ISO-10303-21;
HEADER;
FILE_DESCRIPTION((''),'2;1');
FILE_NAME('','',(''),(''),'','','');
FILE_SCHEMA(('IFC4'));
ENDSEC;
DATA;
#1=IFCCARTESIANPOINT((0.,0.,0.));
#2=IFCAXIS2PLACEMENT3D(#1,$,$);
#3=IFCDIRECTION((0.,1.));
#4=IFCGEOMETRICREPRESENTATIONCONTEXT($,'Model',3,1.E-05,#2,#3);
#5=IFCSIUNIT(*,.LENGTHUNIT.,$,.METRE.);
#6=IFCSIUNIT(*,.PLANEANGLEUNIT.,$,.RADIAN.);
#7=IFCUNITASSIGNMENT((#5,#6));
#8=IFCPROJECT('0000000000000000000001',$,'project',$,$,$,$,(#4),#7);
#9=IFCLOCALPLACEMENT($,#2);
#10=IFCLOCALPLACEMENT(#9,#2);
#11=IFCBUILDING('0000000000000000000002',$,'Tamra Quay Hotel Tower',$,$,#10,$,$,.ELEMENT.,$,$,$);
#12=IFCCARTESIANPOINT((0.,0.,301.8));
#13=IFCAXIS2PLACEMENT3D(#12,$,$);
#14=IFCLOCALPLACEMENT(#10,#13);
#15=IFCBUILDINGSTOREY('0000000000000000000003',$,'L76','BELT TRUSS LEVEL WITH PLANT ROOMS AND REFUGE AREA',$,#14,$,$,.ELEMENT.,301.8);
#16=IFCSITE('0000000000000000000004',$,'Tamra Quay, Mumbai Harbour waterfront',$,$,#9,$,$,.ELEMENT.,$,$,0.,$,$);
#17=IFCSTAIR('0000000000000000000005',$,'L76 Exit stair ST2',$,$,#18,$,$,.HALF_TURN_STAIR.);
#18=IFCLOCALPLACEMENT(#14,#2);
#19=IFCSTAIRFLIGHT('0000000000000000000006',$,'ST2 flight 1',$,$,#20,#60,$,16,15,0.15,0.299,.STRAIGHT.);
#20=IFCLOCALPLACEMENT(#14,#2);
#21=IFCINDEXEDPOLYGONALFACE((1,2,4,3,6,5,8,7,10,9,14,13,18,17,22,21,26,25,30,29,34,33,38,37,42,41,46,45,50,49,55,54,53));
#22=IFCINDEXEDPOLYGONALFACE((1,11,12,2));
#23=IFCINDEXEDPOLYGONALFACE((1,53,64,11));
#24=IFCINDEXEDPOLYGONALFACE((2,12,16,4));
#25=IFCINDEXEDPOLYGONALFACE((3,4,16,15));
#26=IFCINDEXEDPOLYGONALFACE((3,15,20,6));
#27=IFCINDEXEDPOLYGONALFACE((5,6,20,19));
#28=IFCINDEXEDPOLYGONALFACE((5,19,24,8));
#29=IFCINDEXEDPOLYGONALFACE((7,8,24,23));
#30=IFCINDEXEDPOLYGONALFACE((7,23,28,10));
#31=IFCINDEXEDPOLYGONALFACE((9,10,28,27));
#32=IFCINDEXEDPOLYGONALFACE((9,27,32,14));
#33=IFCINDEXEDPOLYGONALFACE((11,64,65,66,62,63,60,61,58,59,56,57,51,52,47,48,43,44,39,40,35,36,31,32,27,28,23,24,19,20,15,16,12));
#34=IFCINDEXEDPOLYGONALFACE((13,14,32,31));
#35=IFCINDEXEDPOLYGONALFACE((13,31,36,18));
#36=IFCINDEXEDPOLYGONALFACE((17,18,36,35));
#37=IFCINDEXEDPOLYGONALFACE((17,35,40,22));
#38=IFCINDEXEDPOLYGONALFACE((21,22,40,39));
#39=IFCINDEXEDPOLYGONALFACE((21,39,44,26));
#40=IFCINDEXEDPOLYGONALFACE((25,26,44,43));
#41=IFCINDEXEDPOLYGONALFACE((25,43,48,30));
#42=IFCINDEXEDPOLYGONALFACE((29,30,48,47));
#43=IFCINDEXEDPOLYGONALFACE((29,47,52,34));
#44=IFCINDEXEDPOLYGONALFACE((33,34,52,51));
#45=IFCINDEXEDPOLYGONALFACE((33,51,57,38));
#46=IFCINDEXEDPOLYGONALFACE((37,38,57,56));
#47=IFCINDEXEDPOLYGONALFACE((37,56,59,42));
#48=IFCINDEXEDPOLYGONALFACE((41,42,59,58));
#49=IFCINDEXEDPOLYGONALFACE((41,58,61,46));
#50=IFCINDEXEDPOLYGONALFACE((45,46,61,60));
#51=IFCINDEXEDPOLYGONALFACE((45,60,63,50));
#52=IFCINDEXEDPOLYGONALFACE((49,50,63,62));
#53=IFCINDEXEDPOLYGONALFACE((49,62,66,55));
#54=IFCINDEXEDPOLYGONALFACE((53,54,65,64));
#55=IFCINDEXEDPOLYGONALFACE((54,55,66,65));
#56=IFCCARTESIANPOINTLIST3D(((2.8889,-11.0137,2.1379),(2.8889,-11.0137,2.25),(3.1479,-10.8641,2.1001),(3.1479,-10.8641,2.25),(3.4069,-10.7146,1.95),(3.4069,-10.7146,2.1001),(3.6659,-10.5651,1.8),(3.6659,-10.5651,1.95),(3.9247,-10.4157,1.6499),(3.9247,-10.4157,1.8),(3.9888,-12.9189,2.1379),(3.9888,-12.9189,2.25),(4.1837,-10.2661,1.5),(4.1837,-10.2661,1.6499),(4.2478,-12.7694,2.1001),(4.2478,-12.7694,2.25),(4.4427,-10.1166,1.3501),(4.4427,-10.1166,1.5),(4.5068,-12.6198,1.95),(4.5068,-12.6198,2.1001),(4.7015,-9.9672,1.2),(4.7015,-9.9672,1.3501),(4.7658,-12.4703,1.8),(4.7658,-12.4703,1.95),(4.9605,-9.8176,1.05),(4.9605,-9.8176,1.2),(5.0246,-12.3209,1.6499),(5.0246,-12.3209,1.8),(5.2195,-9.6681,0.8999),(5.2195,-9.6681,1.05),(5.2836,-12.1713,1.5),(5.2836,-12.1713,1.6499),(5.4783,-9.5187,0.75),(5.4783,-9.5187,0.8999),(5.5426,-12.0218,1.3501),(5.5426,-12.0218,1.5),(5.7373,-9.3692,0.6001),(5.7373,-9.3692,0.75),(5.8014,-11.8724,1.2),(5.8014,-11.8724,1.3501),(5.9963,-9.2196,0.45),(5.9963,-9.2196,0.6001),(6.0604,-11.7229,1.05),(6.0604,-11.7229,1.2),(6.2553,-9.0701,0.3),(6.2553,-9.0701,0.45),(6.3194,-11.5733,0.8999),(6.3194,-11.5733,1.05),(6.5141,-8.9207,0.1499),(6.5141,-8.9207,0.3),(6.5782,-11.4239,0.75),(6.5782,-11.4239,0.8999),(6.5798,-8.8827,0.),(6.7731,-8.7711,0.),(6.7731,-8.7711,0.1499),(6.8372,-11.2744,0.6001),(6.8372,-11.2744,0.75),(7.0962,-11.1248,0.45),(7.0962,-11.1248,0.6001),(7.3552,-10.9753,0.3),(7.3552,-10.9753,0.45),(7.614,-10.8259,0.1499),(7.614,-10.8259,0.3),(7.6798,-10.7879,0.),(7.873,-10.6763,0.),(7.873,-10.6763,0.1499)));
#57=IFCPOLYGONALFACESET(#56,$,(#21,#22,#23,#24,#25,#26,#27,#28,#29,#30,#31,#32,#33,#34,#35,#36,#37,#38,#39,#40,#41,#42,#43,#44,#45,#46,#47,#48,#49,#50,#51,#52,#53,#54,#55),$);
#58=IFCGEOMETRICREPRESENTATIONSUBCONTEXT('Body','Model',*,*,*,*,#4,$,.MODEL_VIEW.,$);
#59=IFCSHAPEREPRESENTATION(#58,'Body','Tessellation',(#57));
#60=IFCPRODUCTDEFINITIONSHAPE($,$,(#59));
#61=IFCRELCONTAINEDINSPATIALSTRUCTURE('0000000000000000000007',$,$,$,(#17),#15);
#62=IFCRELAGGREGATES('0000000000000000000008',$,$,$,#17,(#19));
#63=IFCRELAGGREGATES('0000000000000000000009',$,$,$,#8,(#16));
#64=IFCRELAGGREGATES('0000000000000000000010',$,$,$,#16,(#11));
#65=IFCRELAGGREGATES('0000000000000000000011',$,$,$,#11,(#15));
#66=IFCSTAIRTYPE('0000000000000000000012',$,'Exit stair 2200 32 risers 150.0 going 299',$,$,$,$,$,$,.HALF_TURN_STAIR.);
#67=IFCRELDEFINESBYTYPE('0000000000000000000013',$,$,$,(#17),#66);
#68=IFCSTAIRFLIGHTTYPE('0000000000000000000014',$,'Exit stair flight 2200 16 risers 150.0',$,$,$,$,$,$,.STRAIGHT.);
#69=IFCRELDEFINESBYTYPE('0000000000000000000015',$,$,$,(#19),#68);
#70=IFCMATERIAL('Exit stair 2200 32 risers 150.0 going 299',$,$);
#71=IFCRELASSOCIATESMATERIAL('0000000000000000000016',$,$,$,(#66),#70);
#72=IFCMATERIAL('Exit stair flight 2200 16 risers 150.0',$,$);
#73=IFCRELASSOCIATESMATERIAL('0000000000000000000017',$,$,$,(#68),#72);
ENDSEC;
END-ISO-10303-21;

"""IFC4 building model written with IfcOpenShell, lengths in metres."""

from ifc_helpers import new_model, si_unit, direction, frame, origin, place, context, subcontext, project, spatial, polyline, outline, extrude, material, type_object, element, aggregate, save


model = new_model("IFC4")

# Units and contexts
model_context = context("Model", 3, precision=1e-05, world=origin(), true_north=direction((0.0, 1.0)))
body_context = subcontext(model_context, "Body", "Model", "MODEL_VIEW")
ifc_project = project(units=[si_unit("LENGTHUNIT", "METRE"), si_unit("PLANEANGLEUNIT", "RADIAN")], contexts=[model_context])

# Site, building, storey
site_placement = place(None, origin())
site = spatial("IfcSite", under=ifc_project, at=site_placement, Name="Tamra Quay, Mumbai Harbour waterfront", CompositionType="ELEMENT", RefElevation=0.0)
building_placement = place(site_placement, origin())
building = spatial("IfcBuilding", under=site, at=building_placement, Name="Tamra Quay Hotel Tower", CompositionType="ELEMENT")
storey_placement = place(building_placement, frame((0.0, 0.0, 301.8)))
storey = spatial("IfcBuildingStorey", under=building, at=storey_placement, Name="L76", Description="BELT TRUSS LEVEL WITH PLANT ROOMS AND REFUGE AREA", CompositionType="ELEMENT", Elevation=301.8)

# Stair, stair flight
ifc_material_1 = material(Name="Exit stair 2200 32 risers 150.0 going 299")
stair_type = type_object("IfcStairType", Name="Exit stair 2200 32 risers 150.0 going 299", PredefinedType="HALF_TURN_STAIR", material=ifc_material_1)
stair_placement = place(storey_placement, origin())
stair = element("IfcStair", 1, at=stair_placement, inside=storey, type_object=stair_type, Name="L76 Exit stair ST2", PredefinedType="HALF_TURN_STAIR")
ifc_material_2 = material(Name="Exit stair flight 2200 16 risers 150.0")
stair_flight_type = type_object("IfcStairFlightType", Name="Exit stair flight 2200 16 risers 150.0", PredefinedType="STRAIGHT", material=ifc_material_2)
stair_flight_placement = place(storey_placement, frame((7.323, -9.7236, 0.0), z_axis=(0.0, 0.0, 1.0), x_axis=(-0.866025, -0.5, 0.0)))
stair_flight = element("IfcStairFlight", 2, at=stair_flight_placement, type_object=stair_flight_type, Name="ST2 flight 1", NumberOfRisers=16, NumberOfTreads=15, PredefinedType="STRAIGHT", RiserHeight=0.15, TreadLength=0.299, context=body_context, shape_type="SweptSolid", body=[
    extrude(outline(polyline([(0.0, 0.0), (0.0, 0.1499), (0.2991, 0.1499), (0.2991, 0.3), (0.5979, 0.3), (0.5979, 0.45), (0.897, 0.45), (0.897, 0.6001), (1.196, 0.6001), (1.196, 0.75), (1.4951, 0.75), (1.4951, 0.8999), (1.7939, 0.8999), (1.7939, 1.05), (2.093, 1.05), (2.093, 1.2), (2.3921, 1.2), (2.3921, 1.3501), (2.6909, 1.3501), (2.6909, 1.5), (2.99, 1.5), (2.99, 1.6499), (3.2891, 1.6499), (3.2891, 1.8), (3.5879, 1.8), (3.5879, 1.95), (3.887, 1.95), (3.887, 2.1001), (4.186, 2.1001), (4.186, 2.25), (4.4851, 2.25), (4.4851, 2.3999), (4.4851, 2.1379), (0.2231, 0.0), (0.0, 0.0)])), frame((0.0, 1.1001, 0.0), z_axis=(0.0, -1.0, 0.0), x_axis=(1.0, 0.0, 0.0)), (0.0, 0.0, 1.0), 2.2),
])
aggregate(stair, [stair_flight])

save(model, "model.ifc")
